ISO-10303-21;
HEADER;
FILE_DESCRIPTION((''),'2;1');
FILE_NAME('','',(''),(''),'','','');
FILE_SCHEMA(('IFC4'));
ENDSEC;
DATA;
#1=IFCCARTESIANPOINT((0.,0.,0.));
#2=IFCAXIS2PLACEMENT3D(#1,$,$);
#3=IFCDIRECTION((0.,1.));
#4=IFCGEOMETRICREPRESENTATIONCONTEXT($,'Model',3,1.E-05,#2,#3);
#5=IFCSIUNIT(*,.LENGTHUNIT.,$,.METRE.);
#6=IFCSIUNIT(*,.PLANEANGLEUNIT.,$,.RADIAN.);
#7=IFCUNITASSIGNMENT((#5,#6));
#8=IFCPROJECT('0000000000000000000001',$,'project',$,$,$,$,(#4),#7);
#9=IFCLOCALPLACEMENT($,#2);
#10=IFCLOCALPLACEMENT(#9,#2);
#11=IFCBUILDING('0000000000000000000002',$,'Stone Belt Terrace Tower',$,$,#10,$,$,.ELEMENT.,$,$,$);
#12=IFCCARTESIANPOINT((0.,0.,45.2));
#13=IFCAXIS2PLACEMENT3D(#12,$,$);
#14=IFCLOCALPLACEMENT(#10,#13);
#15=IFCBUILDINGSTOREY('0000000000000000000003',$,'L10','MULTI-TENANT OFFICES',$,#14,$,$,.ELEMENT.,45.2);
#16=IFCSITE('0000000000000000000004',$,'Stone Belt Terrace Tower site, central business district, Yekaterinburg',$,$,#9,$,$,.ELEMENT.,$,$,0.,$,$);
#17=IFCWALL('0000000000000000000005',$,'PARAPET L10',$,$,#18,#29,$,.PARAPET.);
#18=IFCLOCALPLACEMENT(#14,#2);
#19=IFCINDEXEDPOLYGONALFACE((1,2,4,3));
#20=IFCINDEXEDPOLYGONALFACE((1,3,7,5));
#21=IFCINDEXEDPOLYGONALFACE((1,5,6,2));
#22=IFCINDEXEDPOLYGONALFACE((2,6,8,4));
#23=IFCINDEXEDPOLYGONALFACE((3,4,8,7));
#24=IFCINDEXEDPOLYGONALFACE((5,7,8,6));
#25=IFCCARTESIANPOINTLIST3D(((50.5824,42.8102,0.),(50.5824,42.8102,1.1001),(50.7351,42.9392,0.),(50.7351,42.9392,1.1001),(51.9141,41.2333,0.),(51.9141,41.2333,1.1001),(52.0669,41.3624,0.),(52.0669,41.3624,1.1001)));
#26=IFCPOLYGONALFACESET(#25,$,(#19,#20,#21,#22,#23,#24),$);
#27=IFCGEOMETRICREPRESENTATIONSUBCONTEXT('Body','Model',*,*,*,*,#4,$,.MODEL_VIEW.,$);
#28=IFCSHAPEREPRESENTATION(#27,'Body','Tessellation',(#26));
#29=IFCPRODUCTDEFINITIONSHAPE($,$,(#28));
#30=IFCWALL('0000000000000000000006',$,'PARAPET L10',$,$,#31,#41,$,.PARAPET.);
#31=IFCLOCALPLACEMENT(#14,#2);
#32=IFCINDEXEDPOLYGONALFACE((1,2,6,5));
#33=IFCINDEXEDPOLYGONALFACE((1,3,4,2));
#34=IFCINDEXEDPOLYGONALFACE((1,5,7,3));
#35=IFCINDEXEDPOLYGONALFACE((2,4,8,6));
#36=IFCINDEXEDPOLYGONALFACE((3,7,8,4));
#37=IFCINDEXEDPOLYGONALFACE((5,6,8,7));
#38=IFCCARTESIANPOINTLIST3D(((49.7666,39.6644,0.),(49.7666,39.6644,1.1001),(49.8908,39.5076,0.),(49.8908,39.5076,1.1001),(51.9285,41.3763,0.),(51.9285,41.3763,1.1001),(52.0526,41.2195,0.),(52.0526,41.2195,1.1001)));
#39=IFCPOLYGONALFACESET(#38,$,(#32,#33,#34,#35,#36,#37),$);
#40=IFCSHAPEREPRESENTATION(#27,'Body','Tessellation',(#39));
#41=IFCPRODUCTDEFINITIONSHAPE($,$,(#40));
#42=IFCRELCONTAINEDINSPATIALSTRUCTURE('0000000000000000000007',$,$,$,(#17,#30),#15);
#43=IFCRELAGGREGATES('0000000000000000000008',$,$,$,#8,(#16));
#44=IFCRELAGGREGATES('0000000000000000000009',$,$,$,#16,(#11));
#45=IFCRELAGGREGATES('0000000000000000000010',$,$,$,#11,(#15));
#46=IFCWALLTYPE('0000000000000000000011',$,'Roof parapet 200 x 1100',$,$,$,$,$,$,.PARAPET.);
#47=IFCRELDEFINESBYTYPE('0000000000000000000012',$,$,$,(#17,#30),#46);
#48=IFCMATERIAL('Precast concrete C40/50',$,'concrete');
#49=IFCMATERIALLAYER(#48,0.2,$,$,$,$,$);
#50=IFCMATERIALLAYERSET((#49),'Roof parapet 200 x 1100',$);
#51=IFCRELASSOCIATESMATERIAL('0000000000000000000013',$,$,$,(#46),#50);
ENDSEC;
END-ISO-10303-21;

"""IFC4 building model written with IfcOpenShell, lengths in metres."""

from ifc_helpers import new_model, si_unit, direction, frame, frame_2d, origin, place, context, subcontext, project, spatial, rectangle, extrude, material, layer, layer_set, type_object, element, save


model = new_model("IFC4")

# Units and contexts
model_context = context("Model", 3, precision=1e-05, world=origin(), true_north=direction((0.0, 1.0)))
body_context = subcontext(model_context, "Body", "Model", "MODEL_VIEW")
ifc_project = project(units=[si_unit("LENGTHUNIT", "METRE"), si_unit("PLANEANGLEUNIT", "RADIAN")], contexts=[model_context])

# Site, building, storey
site_placement = place(None, origin())
site = spatial("IfcSite", under=ifc_project, at=site_placement, Name="Stone Belt Terrace Tower site, central business district, Yekaterinburg", CompositionType="ELEMENT", RefElevation=0.0)
building_placement = place(site_placement, origin())
building = spatial("IfcBuilding", under=site, at=building_placement, Name="Stone Belt Terrace Tower", CompositionType="ELEMENT")
storey_placement = place(building_placement, frame((0.0, 0.0, 45.2)))
storey = spatial("IfcBuildingStorey", under=building, at=storey_placement, Name="L10", Description="MULTI-TENANT OFFICES", CompositionType="ELEMENT", Elevation=45.2)

# Walls
ifc_material_1 = material(Name="Precast concrete C40/50", Category="concrete")
ifc_layer_1 = layer(ifc_material_1, 0.2)
ifc_layer_set_1 = layer_set([ifc_layer_1], Name="Roof parapet 200 x 1100")
wall_type_1 = type_object("IfcWallType", Name="Roof parapet 200 x 1100", PredefinedType="PARAPET", material=ifc_layer_set_1)
wall_1_placement = place(storey_placement, frame((51.9905, 41.2979, 0.0), z_axis=(0.0, 0.0, 1.0), x_axis=(-0.645231, 0.763987, 0.0)))
element("IfcWall", 1, at=wall_1_placement, inside=storey, type_object=wall_type_1, Name="PARAPET L10", PredefinedType="PARAPET", context=body_context, shape_type="SweptSolid", body=[
    extrude(rectangle(XDim=2.064, YDim=0.2, at=frame_2d((1.032, 0.0))), origin(), (0.0, 0.0, 1.0), 1.1001),
])
wall_2_placement = place(storey_placement, frame((49.8286, 39.5859, 0.0), z_axis=(0.0, 0.0, 1.0), x_axis=(0.783969, 0.6208, 0.0)))
element("IfcWall", 2, at=wall_2_placement, inside=storey, type_object=wall_type_1, Name="PARAPET L10", PredefinedType="PARAPET", context=body_context, shape_type="SweptSolid", body=[
    extrude(rectangle(XDim=2.7576, YDim=0.2, at=frame_2d((1.3789, 0.0))), origin(), (0.0, 0.0, 1.0), 1.1001),
])

save(model, "model.ifc")
